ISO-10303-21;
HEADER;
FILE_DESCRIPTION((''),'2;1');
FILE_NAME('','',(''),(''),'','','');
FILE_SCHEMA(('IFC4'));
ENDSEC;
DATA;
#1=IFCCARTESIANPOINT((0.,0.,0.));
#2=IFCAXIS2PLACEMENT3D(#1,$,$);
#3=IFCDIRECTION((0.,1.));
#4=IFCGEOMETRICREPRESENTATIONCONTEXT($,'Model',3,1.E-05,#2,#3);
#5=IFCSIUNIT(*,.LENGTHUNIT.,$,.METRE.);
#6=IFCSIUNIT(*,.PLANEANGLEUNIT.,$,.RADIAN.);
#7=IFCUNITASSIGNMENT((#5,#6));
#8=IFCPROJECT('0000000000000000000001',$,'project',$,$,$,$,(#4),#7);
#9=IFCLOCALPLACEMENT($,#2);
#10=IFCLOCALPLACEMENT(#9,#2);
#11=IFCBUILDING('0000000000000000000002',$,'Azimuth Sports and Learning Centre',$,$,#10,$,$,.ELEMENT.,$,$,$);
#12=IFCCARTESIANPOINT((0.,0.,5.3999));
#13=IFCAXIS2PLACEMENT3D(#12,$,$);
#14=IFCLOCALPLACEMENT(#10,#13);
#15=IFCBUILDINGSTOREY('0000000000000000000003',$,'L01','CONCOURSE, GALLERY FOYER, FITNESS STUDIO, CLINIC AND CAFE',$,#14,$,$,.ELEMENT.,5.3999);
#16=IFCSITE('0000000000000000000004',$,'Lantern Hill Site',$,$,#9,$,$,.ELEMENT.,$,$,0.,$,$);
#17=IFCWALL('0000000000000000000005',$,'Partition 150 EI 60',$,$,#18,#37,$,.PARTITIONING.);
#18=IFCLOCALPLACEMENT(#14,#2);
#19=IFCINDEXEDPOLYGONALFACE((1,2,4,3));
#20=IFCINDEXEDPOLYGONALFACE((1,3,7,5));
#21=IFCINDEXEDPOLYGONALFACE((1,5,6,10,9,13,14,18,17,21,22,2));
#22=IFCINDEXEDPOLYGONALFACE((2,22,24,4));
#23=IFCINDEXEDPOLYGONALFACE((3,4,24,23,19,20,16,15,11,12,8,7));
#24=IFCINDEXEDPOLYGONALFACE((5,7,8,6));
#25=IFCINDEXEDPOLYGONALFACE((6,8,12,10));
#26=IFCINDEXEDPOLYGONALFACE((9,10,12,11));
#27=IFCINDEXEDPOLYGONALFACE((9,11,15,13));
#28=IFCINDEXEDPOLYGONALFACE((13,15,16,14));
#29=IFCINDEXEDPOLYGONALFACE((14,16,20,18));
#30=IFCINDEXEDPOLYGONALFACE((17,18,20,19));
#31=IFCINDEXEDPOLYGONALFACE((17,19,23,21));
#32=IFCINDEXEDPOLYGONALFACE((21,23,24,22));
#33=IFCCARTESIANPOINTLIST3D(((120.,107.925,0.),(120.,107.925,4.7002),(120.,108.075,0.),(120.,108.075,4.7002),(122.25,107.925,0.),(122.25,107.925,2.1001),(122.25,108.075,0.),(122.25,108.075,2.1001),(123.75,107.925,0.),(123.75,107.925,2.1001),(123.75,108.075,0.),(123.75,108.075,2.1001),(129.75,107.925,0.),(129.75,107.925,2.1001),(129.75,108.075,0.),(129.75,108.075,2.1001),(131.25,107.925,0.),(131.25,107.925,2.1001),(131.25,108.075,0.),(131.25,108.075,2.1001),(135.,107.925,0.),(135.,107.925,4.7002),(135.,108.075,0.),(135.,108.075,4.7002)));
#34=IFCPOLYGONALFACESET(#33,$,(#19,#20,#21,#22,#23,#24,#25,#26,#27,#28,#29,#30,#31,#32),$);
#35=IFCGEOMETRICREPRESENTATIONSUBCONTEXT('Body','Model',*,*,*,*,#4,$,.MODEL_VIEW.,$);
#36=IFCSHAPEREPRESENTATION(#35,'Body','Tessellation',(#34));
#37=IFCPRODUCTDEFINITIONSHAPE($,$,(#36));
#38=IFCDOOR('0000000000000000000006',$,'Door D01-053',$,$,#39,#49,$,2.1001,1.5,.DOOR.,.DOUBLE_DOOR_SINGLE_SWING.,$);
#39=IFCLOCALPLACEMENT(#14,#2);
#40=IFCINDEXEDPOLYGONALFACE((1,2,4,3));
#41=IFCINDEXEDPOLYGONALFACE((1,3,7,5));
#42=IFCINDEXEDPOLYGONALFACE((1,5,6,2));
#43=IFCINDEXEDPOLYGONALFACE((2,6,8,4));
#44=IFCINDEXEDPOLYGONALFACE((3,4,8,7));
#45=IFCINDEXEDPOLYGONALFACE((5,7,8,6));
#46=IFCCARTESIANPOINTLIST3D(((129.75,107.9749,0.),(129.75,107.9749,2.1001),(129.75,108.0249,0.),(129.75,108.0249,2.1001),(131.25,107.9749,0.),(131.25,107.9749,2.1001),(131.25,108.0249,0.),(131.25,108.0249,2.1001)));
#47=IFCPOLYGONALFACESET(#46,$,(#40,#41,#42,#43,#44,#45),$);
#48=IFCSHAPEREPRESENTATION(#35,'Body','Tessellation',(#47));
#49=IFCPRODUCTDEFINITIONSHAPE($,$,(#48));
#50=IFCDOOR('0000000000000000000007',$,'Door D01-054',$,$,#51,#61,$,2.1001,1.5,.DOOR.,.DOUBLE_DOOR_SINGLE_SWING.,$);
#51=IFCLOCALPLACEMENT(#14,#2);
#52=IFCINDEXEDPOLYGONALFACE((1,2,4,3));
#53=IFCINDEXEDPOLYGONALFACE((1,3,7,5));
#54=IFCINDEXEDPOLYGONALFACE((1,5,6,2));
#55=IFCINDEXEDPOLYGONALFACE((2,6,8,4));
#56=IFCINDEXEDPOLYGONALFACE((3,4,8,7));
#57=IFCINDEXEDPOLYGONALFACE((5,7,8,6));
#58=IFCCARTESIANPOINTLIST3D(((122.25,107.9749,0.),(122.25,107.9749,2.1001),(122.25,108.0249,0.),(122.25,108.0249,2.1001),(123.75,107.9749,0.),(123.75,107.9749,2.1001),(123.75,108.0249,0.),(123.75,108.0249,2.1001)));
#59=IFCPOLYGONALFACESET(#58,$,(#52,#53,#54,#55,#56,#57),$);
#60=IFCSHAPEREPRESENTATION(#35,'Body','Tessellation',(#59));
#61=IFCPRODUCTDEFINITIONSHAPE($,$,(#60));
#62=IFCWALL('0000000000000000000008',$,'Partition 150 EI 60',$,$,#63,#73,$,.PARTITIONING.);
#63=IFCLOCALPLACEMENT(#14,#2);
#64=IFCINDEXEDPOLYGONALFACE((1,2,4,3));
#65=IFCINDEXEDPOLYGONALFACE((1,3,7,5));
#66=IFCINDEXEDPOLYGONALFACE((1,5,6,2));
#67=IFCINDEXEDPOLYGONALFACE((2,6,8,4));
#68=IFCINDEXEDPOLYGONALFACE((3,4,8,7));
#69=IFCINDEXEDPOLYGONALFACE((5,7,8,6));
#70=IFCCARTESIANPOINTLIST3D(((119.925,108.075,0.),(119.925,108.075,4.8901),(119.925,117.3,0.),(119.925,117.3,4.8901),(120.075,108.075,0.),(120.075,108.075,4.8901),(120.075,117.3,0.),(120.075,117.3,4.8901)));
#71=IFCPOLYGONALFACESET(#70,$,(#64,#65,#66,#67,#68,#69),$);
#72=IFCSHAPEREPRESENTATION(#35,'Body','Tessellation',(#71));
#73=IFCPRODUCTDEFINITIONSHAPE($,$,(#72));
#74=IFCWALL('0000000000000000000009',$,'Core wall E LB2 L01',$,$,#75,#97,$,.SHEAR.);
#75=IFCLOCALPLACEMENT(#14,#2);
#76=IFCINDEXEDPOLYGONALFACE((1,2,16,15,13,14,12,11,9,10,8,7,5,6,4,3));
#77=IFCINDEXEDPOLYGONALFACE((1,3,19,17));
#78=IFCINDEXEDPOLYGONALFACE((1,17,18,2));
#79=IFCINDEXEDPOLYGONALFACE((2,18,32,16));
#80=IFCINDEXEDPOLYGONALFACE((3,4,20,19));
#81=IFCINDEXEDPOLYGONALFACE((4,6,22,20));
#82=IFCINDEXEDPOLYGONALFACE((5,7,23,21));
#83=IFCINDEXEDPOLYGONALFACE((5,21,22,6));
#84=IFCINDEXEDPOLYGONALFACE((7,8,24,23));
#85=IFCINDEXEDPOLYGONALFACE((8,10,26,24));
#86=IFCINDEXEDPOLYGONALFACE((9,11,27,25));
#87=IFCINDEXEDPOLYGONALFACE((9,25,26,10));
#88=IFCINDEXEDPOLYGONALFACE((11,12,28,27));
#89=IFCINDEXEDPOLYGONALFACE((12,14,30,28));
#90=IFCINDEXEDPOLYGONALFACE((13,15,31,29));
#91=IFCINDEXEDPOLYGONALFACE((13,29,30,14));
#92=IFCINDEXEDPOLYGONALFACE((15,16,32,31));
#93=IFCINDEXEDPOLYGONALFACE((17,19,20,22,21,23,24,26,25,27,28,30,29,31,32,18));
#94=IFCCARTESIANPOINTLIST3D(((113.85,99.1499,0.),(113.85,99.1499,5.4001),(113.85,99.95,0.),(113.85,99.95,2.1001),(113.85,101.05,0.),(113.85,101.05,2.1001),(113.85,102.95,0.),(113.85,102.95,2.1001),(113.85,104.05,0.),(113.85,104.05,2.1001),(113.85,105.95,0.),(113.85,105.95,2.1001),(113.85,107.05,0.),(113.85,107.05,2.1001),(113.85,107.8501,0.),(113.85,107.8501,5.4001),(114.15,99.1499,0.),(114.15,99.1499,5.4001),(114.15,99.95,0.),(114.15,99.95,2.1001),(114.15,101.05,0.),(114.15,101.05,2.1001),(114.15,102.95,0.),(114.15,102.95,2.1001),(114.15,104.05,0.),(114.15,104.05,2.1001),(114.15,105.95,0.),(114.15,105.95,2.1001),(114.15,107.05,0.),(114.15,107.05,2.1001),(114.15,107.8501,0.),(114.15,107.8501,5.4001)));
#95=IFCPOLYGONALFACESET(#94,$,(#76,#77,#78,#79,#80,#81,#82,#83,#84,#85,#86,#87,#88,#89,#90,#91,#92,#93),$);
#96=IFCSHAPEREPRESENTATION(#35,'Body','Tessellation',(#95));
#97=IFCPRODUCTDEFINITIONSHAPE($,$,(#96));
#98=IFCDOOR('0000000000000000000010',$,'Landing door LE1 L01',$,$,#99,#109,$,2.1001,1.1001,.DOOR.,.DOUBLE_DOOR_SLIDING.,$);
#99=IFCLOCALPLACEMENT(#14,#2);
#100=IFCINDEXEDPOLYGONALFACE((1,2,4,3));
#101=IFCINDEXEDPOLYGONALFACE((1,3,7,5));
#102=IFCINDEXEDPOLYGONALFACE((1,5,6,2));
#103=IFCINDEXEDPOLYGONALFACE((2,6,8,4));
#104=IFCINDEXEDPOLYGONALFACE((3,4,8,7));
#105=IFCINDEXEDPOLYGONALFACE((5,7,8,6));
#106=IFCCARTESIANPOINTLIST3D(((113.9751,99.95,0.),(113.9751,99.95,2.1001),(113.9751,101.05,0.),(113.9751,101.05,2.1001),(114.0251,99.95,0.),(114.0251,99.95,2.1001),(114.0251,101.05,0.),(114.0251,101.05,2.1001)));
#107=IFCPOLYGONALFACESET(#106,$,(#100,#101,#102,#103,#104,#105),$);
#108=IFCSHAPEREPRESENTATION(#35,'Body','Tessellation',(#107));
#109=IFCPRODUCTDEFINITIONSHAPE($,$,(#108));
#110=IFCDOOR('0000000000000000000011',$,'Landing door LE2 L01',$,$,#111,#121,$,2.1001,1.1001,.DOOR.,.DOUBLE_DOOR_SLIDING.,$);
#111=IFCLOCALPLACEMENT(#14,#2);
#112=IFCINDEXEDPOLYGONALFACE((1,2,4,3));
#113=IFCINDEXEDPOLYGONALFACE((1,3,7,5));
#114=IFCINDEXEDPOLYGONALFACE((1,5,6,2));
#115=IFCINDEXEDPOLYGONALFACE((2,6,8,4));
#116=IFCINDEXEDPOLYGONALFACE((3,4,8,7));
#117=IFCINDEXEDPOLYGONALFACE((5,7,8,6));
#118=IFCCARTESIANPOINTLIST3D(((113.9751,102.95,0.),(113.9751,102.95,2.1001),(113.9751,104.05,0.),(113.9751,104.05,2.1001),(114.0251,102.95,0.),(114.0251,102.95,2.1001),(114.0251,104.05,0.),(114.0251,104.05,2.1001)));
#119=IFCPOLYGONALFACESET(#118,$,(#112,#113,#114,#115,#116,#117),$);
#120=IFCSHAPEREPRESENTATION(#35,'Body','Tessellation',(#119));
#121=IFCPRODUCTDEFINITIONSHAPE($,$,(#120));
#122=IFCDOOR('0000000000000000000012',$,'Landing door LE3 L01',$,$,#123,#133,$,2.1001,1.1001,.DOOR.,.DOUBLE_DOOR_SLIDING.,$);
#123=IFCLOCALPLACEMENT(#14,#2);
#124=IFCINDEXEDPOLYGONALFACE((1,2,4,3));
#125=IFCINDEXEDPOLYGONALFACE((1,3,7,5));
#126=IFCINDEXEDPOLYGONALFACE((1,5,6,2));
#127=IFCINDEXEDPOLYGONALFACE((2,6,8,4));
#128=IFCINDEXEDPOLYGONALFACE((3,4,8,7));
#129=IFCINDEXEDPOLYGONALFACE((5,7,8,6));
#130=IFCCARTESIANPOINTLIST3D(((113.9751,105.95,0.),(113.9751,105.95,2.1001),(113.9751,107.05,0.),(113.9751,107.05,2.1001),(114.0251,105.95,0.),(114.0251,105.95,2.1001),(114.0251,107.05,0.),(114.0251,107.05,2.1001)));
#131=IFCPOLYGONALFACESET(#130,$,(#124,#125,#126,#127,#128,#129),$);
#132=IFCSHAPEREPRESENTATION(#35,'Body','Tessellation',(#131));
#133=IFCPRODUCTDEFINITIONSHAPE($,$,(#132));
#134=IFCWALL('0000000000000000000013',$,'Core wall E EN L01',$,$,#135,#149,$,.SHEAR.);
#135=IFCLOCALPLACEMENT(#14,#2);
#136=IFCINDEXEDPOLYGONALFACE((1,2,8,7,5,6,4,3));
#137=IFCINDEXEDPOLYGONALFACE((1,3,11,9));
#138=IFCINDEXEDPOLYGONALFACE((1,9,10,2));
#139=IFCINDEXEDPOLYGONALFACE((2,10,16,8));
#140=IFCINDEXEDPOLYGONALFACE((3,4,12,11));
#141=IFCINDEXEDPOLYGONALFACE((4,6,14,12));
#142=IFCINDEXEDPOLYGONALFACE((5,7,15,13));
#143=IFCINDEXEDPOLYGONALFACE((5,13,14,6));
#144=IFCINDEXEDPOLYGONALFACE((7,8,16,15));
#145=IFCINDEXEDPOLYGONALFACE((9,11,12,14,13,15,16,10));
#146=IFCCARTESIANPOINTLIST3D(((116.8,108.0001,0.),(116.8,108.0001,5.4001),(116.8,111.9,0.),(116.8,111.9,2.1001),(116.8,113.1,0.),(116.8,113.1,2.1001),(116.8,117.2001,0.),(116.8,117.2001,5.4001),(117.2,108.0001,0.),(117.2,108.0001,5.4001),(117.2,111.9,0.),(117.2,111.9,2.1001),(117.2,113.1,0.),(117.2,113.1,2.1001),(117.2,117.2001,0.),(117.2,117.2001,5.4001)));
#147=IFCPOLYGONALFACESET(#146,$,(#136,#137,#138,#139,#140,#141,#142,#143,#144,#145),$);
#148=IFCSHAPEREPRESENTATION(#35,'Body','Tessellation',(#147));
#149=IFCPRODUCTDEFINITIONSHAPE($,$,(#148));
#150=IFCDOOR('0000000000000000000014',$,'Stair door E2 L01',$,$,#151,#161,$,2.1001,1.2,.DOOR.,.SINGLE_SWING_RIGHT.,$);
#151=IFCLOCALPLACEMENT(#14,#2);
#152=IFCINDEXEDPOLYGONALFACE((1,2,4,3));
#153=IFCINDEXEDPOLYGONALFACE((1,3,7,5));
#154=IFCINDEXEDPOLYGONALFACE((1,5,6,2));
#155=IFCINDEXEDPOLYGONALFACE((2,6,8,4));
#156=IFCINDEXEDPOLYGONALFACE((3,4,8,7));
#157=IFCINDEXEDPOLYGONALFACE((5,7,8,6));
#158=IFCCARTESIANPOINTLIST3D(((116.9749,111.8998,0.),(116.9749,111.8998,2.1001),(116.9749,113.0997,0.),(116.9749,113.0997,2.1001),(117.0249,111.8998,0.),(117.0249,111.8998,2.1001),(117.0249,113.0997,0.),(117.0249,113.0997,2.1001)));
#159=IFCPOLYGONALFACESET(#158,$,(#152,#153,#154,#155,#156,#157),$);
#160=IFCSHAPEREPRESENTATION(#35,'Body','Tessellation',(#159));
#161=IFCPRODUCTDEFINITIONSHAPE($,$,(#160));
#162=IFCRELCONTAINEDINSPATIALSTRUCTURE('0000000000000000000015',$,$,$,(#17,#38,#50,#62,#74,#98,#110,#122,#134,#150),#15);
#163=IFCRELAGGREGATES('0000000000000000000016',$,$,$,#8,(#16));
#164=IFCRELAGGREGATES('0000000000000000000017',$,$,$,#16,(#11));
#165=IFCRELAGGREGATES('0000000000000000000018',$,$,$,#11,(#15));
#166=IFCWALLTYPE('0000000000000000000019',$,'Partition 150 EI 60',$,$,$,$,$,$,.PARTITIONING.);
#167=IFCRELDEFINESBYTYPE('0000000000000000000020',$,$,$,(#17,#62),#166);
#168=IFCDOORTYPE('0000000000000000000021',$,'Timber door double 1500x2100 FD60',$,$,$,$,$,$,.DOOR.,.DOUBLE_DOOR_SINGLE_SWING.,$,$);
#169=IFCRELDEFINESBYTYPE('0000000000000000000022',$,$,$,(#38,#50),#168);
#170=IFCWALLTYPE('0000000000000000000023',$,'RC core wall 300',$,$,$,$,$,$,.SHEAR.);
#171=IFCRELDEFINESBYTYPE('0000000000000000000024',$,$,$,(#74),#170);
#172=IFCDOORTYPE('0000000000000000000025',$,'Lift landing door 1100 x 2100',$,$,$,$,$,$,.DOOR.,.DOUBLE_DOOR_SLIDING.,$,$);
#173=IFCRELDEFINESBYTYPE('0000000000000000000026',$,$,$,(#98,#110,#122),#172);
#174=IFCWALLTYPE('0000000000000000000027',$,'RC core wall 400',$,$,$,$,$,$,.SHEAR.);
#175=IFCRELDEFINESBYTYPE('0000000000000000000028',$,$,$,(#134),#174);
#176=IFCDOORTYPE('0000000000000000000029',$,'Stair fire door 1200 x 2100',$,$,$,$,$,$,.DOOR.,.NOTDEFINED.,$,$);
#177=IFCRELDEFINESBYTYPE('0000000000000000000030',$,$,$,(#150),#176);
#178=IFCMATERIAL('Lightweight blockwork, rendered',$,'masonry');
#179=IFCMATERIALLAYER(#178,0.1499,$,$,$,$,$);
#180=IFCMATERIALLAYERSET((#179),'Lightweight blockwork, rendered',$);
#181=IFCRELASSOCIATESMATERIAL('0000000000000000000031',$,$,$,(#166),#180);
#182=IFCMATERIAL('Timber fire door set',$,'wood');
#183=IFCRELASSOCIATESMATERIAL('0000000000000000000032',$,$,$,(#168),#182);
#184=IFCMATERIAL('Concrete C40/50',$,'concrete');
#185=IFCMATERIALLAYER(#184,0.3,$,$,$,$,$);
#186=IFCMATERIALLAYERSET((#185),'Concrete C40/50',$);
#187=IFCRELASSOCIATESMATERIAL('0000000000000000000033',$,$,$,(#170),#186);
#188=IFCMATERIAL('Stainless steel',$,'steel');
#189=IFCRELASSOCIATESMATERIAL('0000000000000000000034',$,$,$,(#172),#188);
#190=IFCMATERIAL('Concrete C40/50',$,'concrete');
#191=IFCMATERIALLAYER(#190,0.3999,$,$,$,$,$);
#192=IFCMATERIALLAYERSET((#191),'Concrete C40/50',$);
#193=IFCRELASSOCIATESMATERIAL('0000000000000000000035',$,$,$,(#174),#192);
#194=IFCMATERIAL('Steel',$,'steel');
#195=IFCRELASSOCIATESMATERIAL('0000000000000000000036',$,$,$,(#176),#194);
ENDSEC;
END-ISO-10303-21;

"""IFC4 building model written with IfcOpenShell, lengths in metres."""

from ifc_helpers import new_model, si_unit, direction, frame, frame_2d, origin, place, context, subcontext, project, spatial, rectangle, extrude, material, layer, layer_set, type_object, element, fill, save


model = new_model("IFC4")

# Units and contexts
model_context = context("Model", 3, precision=1e-05, world=origin(), true_north=direction((0.0, 1.0)))
body_context = subcontext(model_context, "Body", "Model", "MODEL_VIEW")
ifc_project = project(units=[si_unit("LENGTHUNIT", "METRE"), si_unit("PLANEANGLEUNIT", "RADIAN")], contexts=[model_context])

# Site, building, storey
site_placement = place(None, origin())
site = spatial("IfcSite", under=ifc_project, at=site_placement, Name="Lantern Hill Site", CompositionType="ELEMENT", RefElevation=0.0)
building_placement = place(site_placement, origin())
building = spatial("IfcBuilding", under=site, at=building_placement, Name="Azimuth Sports and Learning Centre", CompositionType="ELEMENT")
storey_placement = place(building_placement, frame((0.0, 0.0, 5.3999)))
storey = spatial("IfcBuildingStorey", under=building, at=storey_placement, Name="L01", Description="CONCOURSE, GALLERY FOYER, FITNESS STUDIO, CLINIC AND CAFE", CompositionType="ELEMENT", Elevation=5.3999)

# Shared definitions
ifc_material_1 = material(Name="Lightweight blockwork, rendered", Category="masonry")
ifc_layer_1 = layer(ifc_material_1, 0.1499)
ifc_layer_set_1 = layer_set([ifc_layer_1], Name="Lightweight blockwork, rendered")
wall_type_1 = type_object("IfcWallType", Name="Partition 150 EI 60", PredefinedType="PARTITIONING", material=ifc_layer_set_1)

# Wall, openings, doors
wall_1_placement = place(storey_placement, frame((120.0, 108.0, 0.0), z_axis=(0.0, 0.0, 1.0), x_axis=(1.0, 0.0, 0.0)))
wall_1 = element("IfcWall", 1, at=wall_1_placement, inside=storey, type_object=wall_type_1, Name="Partition 150 EI 60", PredefinedType="PARTITIONING", context=body_context, shape_type="SweptSolid", body=[
    extrude(rectangle(XDim=15.0, YDim=0.1499, at=frame_2d((7.5, 0.0))), origin(), (0.0, 0.0, 1.0), 4.7002),
])
opening_1_placement = place(wall_1_placement, frame((9.75, 0.0, 0.0)))
opening_1 = element("IfcOpeningElement", 2, at=opening_1_placement, cuts=wall_1, PredefinedType="OPENING", context=body_context, shape_type="SweptSolid", body=[
    extrude(rectangle(XDim=1.5, YDim=2.1001, at=frame_2d((0.75, 1.05))), frame((0.0, 0.0859, 0.0), z_axis=(0.0, -1.0, 0.0), x_axis=(1.0, 0.0, 0.0)), (0.0, 0.0, 1.0), 0.1719),
])
opening_2_placement = place(wall_1_placement, frame((2.25, 0.0, 0.0)))
opening_2 = element("IfcOpeningElement", 3, at=opening_2_placement, cuts=wall_1, PredefinedType="OPENING", context=body_context, shape_type="SweptSolid", body=[
    extrude(rectangle(XDim=1.5, YDim=2.1001, at=frame_2d((0.75, 1.05))), frame((0.0, 0.0859, 0.0), z_axis=(0.0, -1.0, 0.0), x_axis=(1.0, 0.0, 0.0)), (0.0, 0.0, 1.0), 0.1719),
])
ifc_material_2 = material(Name="Timber fire door set", Category="wood")
door_type_1 = type_object("IfcDoorType", Name="Timber door double 1500x2100 FD60", OperationType="DOUBLE_DOOR_SINGLE_SWING", PredefinedType="DOOR", material=ifc_material_2)
door_1_placement = place(opening_1_placement, origin())
door_1 = element("IfcDoor", 4, at=door_1_placement, inside=storey, type_object=door_type_1, Name="Door D01-053", OperationType="DOUBLE_DOOR_SINGLE_SWING", OverallHeight=2.1001, OverallWidth=1.5, PredefinedType="DOOR", context=body_context, shape_type="SweptSolid", body=[
    extrude(rectangle(XDim=1.5, YDim=2.1001, at=frame_2d((0.75, 1.05))), frame((0.0, 0.0249, 0.0), z_axis=(0.0, -1.0, 0.0), x_axis=(1.0, 0.0, 0.0)), (0.0, 0.0, 1.0), 0.05),
])
fill(opening_1, door_1)
door_2_placement = place(opening_2_placement, origin())
door_2 = element("IfcDoor", 5, at=door_2_placement, inside=storey, type_object=door_type_1, Name="Door D01-054", OperationType="DOUBLE_DOOR_SINGLE_SWING", OverallHeight=2.1001, OverallWidth=1.5, PredefinedType="DOOR", context=body_context, shape_type="SweptSolid", body=[
    extrude(rectangle(XDim=1.5, YDim=2.1001, at=frame_2d((0.75, 1.05))), frame((0.0, 0.0249, 0.0), z_axis=(0.0, -1.0, 0.0), x_axis=(1.0, 0.0, 0.0)), (0.0, 0.0, 1.0), 0.05),
])
fill(opening_2, door_2)

# Wall
wall_2_placement = place(storey_placement, frame((120.0, 108.075, 0.0), z_axis=(0.0, 0.0, 1.0), x_axis=(0.0, 1.0, 0.0)))
element("IfcWall", 6, at=wall_2_placement, inside=storey, type_object=wall_type_1, Name="Partition 150 EI 60", PredefinedType="PARTITIONING", context=body_context, shape_type="SweptSolid", body=[
    extrude(rectangle(XDim=9.2251, YDim=0.1499, at=frame_2d((4.6125, 0.0))), origin(), (0.0, 0.0, 1.0), 4.8901),
])

# Wall, openings, doors
ifc_material_3 = material(Name="Concrete C40/50", Category="concrete")
ifc_layer_2 = layer(ifc_material_3, 0.3)
ifc_layer_set_2 = layer_set([ifc_layer_2], Name="Concrete C40/50")
wall_type_2 = type_object("IfcWallType", Name="RC core wall 300", PredefinedType="SHEAR", material=ifc_layer_set_2)
wall_3_placement = place(storey_placement, frame((114.0, 99.1499, 0.0), z_axis=(0.0, 0.0, 1.0), x_axis=(0.0, 1.0, 0.0)))
wall_3 = element("IfcWall", 7, at=wall_3_placement, inside=storey, type_object=wall_type_2, Name="Core wall E LB2 L01", PredefinedType="SHEAR", context=body_context, shape_type="SweptSolid", body=[
    extrude(rectangle(XDim=8.7002, YDim=0.3, at=frame_2d((4.3501, 0.0))), origin(), (0.0, 0.0, 1.0), 5.4001),
])
opening_3_placement = place(wall_3_placement, frame((0.8, 0.0, 0.0)))
opening_3 = element("IfcOpeningElement", 8, at=opening_3_placement, cuts=wall_3, PredefinedType="OPENING", context=body_context, shape_type="SweptSolid", body=[
    extrude(rectangle(XDim=1.1001, YDim=2.1001, at=frame_2d((0.55, 1.05))), frame((0.0, 0.1611, 0.0), z_axis=(0.0, -1.0, 0.0), x_axis=(1.0, 0.0, 0.0)), (0.0, 0.0, 1.0), 0.322),
])
opening_4_placement = place(wall_3_placement, frame((3.8, 0.0, 0.0)))
opening_4 = element("IfcOpeningElement", 9, at=opening_4_placement, cuts=wall_3, PredefinedType="OPENING", context=body_context, shape_type="SweptSolid", body=[
    extrude(rectangle(XDim=1.1001, YDim=2.1001, at=frame_2d((0.55, 1.05))), frame((0.0, 0.1611, 0.0), z_axis=(0.0, -1.0, 0.0), x_axis=(1.0, 0.0, 0.0)), (0.0, 0.0, 1.0), 0.322),
])
opening_5_placement = place(wall_3_placement, frame((6.8, 0.0, 0.0)))
opening_5 = element("IfcOpeningElement", 10, at=opening_5_placement, cuts=wall_3, PredefinedType="OPENING", context=body_context, shape_type="SweptSolid", body=[
    extrude(rectangle(XDim=1.1001, YDim=2.1001, at=frame_2d((0.55, 1.05))), frame((0.0, 0.1611, 0.0), z_axis=(0.0, -1.0, 0.0), x_axis=(1.0, 0.0, 0.0)), (0.0, 0.0, 1.0), 0.322),
])
ifc_material_4 = material(Name="Stainless steel", Category="steel")
door_type_2 = type_object("IfcDoorType", Name="Lift landing door 1100 x 2100", OperationType="DOUBLE_DOOR_SLIDING", PredefinedType="DOOR", material=ifc_material_4)
door_3_placement = place(opening_3_placement, origin())
door_3 = element("IfcDoor", 11, at=door_3_placement, inside=storey, type_object=door_type_2, Name="Landing door LE1 L01", OperationType="DOUBLE_DOOR_SLIDING", OverallHeight=2.1001, OverallWidth=1.1001, PredefinedType="DOOR", context=body_context, shape_type="SweptSolid", body=[
    extrude(rectangle(XDim=1.1001, YDim=2.1001, at=frame_2d((0.55, 1.05))), frame((0.0, 0.0249, 0.0), z_axis=(0.0, -1.0, 0.0), x_axis=(1.0, 0.0, 0.0)), (0.0, 0.0, 1.0), 0.05),
])
fill(opening_3, door_3)
door_4_placement = place(opening_4_placement, origin())
door_4 = element("IfcDoor", 12, at=door_4_placement, inside=storey, type_object=door_type_2, Name="Landing door LE2 L01", OperationType="DOUBLE_DOOR_SLIDING", OverallHeight=2.1001, OverallWidth=1.1001, PredefinedType="DOOR", context=body_context, shape_type="SweptSolid", body=[
    extrude(rectangle(XDim=1.1001, YDim=2.1001, at=frame_2d((0.55, 1.05))), frame((0.0, 0.0249, 0.0), z_axis=(0.0, -1.0, 0.0), x_axis=(1.0, 0.0, 0.0)), (0.0, 0.0, 1.0), 0.05),
])
fill(opening_4, door_4)
door_5_placement = place(opening_5_placement, origin())
door_5 = element("IfcDoor", 13, at=door_5_placement, inside=storey, type_object=door_type_2, Name="Landing door LE3 L01", OperationType="DOUBLE_DOOR_SLIDING", OverallHeight=2.1001, OverallWidth=1.1001, PredefinedType="DOOR", context=body_context, shape_type="SweptSolid", body=[
    extrude(rectangle(XDim=1.1001, YDim=2.1001, at=frame_2d((0.55, 1.05))), frame((0.0, 0.0249, 0.0), z_axis=(0.0, -1.0, 0.0), x_axis=(1.0, 0.0, 0.0)), (0.0, 0.0, 1.0), 0.05),
])
fill(opening_5, door_5)

# Wall, opening, door
ifc_material_5 = material(Name="Concrete C40/50", Category="concrete")
ifc_layer_3 = layer(ifc_material_5, 0.3999)
ifc_layer_set_3 = layer_set([ifc_layer_3], Name="Concrete C40/50")
wall_type_3 = type_object("IfcWallType", Name="RC core wall 400", PredefinedType="SHEAR", material=ifc_layer_set_3)
wall_4_placement = place(storey_placement, frame((117.0, 108.0, 0.0), z_axis=(0.0, 0.0, 1.0), x_axis=(0.0, 1.0, 0.0)))
wall_4 = element("IfcWall", 14, at=wall_4_placement, inside=storey, type_object=wall_type_3, Name="Core wall E EN L01", PredefinedType="SHEAR", context=body_context, shape_type="SweptSolid", body=[
    extrude(rectangle(XDim=9.2, YDim=0.3999, at=frame_2d((4.6001, 0.0))), origin(), (0.0, 0.0, 1.0), 5.4001),
])
opening_6_placement = place(wall_4_placement, frame((3.8999, 0.0, 0.0)))
opening_6 = element("IfcOpeningElement", 15, at=opening_6_placement, cuts=wall_4, PredefinedType="OPENING", context=body_context, shape_type="SweptSolid", body=[
    extrude(rectangle(XDim=1.2, YDim=2.1001, at=frame_2d((0.6001, 1.05))), frame((0.0, 0.2109, 0.0), z_axis=(0.0, -1.0, 0.0), x_axis=(1.0, 0.0, 0.0)), (0.0, 0.0, 1.0), 0.4219),
])
ifc_material_6 = material(Name="Steel", Category="steel")
door_type_3 = type_object("IfcDoorType", Name="Stair fire door 1200 x 2100", OperationType="NOTDEFINED", PredefinedType="DOOR", material=ifc_material_6)
door_6_placement = place(opening_6_placement, frame((1.2, 0.0, 0.0), z_axis=(0.0, 0.0, 1.0), x_axis=(-1.0, 0.0, 0.0)))
door_6 = element("IfcDoor", 16, at=door_6_placement, inside=storey, type_object=door_type_3, Name="Stair door E2 L01", OperationType="SINGLE_SWING_RIGHT", OverallHeight=2.1001, OverallWidth=1.2, PredefinedType="DOOR", context=body_context, shape_type="SweptSolid", body=[
    extrude(rectangle(XDim=1.2, YDim=2.1001, at=frame_2d((0.6001, 1.05))), frame((0.0, 0.0249, 0.0), z_axis=(0.0, -1.0, 0.0), x_axis=(1.0, 0.0, 0.0)), (0.0, 0.0, 1.0), 0.05),
])
fill(opening_6, door_6)

save(model, "model.ifc")
